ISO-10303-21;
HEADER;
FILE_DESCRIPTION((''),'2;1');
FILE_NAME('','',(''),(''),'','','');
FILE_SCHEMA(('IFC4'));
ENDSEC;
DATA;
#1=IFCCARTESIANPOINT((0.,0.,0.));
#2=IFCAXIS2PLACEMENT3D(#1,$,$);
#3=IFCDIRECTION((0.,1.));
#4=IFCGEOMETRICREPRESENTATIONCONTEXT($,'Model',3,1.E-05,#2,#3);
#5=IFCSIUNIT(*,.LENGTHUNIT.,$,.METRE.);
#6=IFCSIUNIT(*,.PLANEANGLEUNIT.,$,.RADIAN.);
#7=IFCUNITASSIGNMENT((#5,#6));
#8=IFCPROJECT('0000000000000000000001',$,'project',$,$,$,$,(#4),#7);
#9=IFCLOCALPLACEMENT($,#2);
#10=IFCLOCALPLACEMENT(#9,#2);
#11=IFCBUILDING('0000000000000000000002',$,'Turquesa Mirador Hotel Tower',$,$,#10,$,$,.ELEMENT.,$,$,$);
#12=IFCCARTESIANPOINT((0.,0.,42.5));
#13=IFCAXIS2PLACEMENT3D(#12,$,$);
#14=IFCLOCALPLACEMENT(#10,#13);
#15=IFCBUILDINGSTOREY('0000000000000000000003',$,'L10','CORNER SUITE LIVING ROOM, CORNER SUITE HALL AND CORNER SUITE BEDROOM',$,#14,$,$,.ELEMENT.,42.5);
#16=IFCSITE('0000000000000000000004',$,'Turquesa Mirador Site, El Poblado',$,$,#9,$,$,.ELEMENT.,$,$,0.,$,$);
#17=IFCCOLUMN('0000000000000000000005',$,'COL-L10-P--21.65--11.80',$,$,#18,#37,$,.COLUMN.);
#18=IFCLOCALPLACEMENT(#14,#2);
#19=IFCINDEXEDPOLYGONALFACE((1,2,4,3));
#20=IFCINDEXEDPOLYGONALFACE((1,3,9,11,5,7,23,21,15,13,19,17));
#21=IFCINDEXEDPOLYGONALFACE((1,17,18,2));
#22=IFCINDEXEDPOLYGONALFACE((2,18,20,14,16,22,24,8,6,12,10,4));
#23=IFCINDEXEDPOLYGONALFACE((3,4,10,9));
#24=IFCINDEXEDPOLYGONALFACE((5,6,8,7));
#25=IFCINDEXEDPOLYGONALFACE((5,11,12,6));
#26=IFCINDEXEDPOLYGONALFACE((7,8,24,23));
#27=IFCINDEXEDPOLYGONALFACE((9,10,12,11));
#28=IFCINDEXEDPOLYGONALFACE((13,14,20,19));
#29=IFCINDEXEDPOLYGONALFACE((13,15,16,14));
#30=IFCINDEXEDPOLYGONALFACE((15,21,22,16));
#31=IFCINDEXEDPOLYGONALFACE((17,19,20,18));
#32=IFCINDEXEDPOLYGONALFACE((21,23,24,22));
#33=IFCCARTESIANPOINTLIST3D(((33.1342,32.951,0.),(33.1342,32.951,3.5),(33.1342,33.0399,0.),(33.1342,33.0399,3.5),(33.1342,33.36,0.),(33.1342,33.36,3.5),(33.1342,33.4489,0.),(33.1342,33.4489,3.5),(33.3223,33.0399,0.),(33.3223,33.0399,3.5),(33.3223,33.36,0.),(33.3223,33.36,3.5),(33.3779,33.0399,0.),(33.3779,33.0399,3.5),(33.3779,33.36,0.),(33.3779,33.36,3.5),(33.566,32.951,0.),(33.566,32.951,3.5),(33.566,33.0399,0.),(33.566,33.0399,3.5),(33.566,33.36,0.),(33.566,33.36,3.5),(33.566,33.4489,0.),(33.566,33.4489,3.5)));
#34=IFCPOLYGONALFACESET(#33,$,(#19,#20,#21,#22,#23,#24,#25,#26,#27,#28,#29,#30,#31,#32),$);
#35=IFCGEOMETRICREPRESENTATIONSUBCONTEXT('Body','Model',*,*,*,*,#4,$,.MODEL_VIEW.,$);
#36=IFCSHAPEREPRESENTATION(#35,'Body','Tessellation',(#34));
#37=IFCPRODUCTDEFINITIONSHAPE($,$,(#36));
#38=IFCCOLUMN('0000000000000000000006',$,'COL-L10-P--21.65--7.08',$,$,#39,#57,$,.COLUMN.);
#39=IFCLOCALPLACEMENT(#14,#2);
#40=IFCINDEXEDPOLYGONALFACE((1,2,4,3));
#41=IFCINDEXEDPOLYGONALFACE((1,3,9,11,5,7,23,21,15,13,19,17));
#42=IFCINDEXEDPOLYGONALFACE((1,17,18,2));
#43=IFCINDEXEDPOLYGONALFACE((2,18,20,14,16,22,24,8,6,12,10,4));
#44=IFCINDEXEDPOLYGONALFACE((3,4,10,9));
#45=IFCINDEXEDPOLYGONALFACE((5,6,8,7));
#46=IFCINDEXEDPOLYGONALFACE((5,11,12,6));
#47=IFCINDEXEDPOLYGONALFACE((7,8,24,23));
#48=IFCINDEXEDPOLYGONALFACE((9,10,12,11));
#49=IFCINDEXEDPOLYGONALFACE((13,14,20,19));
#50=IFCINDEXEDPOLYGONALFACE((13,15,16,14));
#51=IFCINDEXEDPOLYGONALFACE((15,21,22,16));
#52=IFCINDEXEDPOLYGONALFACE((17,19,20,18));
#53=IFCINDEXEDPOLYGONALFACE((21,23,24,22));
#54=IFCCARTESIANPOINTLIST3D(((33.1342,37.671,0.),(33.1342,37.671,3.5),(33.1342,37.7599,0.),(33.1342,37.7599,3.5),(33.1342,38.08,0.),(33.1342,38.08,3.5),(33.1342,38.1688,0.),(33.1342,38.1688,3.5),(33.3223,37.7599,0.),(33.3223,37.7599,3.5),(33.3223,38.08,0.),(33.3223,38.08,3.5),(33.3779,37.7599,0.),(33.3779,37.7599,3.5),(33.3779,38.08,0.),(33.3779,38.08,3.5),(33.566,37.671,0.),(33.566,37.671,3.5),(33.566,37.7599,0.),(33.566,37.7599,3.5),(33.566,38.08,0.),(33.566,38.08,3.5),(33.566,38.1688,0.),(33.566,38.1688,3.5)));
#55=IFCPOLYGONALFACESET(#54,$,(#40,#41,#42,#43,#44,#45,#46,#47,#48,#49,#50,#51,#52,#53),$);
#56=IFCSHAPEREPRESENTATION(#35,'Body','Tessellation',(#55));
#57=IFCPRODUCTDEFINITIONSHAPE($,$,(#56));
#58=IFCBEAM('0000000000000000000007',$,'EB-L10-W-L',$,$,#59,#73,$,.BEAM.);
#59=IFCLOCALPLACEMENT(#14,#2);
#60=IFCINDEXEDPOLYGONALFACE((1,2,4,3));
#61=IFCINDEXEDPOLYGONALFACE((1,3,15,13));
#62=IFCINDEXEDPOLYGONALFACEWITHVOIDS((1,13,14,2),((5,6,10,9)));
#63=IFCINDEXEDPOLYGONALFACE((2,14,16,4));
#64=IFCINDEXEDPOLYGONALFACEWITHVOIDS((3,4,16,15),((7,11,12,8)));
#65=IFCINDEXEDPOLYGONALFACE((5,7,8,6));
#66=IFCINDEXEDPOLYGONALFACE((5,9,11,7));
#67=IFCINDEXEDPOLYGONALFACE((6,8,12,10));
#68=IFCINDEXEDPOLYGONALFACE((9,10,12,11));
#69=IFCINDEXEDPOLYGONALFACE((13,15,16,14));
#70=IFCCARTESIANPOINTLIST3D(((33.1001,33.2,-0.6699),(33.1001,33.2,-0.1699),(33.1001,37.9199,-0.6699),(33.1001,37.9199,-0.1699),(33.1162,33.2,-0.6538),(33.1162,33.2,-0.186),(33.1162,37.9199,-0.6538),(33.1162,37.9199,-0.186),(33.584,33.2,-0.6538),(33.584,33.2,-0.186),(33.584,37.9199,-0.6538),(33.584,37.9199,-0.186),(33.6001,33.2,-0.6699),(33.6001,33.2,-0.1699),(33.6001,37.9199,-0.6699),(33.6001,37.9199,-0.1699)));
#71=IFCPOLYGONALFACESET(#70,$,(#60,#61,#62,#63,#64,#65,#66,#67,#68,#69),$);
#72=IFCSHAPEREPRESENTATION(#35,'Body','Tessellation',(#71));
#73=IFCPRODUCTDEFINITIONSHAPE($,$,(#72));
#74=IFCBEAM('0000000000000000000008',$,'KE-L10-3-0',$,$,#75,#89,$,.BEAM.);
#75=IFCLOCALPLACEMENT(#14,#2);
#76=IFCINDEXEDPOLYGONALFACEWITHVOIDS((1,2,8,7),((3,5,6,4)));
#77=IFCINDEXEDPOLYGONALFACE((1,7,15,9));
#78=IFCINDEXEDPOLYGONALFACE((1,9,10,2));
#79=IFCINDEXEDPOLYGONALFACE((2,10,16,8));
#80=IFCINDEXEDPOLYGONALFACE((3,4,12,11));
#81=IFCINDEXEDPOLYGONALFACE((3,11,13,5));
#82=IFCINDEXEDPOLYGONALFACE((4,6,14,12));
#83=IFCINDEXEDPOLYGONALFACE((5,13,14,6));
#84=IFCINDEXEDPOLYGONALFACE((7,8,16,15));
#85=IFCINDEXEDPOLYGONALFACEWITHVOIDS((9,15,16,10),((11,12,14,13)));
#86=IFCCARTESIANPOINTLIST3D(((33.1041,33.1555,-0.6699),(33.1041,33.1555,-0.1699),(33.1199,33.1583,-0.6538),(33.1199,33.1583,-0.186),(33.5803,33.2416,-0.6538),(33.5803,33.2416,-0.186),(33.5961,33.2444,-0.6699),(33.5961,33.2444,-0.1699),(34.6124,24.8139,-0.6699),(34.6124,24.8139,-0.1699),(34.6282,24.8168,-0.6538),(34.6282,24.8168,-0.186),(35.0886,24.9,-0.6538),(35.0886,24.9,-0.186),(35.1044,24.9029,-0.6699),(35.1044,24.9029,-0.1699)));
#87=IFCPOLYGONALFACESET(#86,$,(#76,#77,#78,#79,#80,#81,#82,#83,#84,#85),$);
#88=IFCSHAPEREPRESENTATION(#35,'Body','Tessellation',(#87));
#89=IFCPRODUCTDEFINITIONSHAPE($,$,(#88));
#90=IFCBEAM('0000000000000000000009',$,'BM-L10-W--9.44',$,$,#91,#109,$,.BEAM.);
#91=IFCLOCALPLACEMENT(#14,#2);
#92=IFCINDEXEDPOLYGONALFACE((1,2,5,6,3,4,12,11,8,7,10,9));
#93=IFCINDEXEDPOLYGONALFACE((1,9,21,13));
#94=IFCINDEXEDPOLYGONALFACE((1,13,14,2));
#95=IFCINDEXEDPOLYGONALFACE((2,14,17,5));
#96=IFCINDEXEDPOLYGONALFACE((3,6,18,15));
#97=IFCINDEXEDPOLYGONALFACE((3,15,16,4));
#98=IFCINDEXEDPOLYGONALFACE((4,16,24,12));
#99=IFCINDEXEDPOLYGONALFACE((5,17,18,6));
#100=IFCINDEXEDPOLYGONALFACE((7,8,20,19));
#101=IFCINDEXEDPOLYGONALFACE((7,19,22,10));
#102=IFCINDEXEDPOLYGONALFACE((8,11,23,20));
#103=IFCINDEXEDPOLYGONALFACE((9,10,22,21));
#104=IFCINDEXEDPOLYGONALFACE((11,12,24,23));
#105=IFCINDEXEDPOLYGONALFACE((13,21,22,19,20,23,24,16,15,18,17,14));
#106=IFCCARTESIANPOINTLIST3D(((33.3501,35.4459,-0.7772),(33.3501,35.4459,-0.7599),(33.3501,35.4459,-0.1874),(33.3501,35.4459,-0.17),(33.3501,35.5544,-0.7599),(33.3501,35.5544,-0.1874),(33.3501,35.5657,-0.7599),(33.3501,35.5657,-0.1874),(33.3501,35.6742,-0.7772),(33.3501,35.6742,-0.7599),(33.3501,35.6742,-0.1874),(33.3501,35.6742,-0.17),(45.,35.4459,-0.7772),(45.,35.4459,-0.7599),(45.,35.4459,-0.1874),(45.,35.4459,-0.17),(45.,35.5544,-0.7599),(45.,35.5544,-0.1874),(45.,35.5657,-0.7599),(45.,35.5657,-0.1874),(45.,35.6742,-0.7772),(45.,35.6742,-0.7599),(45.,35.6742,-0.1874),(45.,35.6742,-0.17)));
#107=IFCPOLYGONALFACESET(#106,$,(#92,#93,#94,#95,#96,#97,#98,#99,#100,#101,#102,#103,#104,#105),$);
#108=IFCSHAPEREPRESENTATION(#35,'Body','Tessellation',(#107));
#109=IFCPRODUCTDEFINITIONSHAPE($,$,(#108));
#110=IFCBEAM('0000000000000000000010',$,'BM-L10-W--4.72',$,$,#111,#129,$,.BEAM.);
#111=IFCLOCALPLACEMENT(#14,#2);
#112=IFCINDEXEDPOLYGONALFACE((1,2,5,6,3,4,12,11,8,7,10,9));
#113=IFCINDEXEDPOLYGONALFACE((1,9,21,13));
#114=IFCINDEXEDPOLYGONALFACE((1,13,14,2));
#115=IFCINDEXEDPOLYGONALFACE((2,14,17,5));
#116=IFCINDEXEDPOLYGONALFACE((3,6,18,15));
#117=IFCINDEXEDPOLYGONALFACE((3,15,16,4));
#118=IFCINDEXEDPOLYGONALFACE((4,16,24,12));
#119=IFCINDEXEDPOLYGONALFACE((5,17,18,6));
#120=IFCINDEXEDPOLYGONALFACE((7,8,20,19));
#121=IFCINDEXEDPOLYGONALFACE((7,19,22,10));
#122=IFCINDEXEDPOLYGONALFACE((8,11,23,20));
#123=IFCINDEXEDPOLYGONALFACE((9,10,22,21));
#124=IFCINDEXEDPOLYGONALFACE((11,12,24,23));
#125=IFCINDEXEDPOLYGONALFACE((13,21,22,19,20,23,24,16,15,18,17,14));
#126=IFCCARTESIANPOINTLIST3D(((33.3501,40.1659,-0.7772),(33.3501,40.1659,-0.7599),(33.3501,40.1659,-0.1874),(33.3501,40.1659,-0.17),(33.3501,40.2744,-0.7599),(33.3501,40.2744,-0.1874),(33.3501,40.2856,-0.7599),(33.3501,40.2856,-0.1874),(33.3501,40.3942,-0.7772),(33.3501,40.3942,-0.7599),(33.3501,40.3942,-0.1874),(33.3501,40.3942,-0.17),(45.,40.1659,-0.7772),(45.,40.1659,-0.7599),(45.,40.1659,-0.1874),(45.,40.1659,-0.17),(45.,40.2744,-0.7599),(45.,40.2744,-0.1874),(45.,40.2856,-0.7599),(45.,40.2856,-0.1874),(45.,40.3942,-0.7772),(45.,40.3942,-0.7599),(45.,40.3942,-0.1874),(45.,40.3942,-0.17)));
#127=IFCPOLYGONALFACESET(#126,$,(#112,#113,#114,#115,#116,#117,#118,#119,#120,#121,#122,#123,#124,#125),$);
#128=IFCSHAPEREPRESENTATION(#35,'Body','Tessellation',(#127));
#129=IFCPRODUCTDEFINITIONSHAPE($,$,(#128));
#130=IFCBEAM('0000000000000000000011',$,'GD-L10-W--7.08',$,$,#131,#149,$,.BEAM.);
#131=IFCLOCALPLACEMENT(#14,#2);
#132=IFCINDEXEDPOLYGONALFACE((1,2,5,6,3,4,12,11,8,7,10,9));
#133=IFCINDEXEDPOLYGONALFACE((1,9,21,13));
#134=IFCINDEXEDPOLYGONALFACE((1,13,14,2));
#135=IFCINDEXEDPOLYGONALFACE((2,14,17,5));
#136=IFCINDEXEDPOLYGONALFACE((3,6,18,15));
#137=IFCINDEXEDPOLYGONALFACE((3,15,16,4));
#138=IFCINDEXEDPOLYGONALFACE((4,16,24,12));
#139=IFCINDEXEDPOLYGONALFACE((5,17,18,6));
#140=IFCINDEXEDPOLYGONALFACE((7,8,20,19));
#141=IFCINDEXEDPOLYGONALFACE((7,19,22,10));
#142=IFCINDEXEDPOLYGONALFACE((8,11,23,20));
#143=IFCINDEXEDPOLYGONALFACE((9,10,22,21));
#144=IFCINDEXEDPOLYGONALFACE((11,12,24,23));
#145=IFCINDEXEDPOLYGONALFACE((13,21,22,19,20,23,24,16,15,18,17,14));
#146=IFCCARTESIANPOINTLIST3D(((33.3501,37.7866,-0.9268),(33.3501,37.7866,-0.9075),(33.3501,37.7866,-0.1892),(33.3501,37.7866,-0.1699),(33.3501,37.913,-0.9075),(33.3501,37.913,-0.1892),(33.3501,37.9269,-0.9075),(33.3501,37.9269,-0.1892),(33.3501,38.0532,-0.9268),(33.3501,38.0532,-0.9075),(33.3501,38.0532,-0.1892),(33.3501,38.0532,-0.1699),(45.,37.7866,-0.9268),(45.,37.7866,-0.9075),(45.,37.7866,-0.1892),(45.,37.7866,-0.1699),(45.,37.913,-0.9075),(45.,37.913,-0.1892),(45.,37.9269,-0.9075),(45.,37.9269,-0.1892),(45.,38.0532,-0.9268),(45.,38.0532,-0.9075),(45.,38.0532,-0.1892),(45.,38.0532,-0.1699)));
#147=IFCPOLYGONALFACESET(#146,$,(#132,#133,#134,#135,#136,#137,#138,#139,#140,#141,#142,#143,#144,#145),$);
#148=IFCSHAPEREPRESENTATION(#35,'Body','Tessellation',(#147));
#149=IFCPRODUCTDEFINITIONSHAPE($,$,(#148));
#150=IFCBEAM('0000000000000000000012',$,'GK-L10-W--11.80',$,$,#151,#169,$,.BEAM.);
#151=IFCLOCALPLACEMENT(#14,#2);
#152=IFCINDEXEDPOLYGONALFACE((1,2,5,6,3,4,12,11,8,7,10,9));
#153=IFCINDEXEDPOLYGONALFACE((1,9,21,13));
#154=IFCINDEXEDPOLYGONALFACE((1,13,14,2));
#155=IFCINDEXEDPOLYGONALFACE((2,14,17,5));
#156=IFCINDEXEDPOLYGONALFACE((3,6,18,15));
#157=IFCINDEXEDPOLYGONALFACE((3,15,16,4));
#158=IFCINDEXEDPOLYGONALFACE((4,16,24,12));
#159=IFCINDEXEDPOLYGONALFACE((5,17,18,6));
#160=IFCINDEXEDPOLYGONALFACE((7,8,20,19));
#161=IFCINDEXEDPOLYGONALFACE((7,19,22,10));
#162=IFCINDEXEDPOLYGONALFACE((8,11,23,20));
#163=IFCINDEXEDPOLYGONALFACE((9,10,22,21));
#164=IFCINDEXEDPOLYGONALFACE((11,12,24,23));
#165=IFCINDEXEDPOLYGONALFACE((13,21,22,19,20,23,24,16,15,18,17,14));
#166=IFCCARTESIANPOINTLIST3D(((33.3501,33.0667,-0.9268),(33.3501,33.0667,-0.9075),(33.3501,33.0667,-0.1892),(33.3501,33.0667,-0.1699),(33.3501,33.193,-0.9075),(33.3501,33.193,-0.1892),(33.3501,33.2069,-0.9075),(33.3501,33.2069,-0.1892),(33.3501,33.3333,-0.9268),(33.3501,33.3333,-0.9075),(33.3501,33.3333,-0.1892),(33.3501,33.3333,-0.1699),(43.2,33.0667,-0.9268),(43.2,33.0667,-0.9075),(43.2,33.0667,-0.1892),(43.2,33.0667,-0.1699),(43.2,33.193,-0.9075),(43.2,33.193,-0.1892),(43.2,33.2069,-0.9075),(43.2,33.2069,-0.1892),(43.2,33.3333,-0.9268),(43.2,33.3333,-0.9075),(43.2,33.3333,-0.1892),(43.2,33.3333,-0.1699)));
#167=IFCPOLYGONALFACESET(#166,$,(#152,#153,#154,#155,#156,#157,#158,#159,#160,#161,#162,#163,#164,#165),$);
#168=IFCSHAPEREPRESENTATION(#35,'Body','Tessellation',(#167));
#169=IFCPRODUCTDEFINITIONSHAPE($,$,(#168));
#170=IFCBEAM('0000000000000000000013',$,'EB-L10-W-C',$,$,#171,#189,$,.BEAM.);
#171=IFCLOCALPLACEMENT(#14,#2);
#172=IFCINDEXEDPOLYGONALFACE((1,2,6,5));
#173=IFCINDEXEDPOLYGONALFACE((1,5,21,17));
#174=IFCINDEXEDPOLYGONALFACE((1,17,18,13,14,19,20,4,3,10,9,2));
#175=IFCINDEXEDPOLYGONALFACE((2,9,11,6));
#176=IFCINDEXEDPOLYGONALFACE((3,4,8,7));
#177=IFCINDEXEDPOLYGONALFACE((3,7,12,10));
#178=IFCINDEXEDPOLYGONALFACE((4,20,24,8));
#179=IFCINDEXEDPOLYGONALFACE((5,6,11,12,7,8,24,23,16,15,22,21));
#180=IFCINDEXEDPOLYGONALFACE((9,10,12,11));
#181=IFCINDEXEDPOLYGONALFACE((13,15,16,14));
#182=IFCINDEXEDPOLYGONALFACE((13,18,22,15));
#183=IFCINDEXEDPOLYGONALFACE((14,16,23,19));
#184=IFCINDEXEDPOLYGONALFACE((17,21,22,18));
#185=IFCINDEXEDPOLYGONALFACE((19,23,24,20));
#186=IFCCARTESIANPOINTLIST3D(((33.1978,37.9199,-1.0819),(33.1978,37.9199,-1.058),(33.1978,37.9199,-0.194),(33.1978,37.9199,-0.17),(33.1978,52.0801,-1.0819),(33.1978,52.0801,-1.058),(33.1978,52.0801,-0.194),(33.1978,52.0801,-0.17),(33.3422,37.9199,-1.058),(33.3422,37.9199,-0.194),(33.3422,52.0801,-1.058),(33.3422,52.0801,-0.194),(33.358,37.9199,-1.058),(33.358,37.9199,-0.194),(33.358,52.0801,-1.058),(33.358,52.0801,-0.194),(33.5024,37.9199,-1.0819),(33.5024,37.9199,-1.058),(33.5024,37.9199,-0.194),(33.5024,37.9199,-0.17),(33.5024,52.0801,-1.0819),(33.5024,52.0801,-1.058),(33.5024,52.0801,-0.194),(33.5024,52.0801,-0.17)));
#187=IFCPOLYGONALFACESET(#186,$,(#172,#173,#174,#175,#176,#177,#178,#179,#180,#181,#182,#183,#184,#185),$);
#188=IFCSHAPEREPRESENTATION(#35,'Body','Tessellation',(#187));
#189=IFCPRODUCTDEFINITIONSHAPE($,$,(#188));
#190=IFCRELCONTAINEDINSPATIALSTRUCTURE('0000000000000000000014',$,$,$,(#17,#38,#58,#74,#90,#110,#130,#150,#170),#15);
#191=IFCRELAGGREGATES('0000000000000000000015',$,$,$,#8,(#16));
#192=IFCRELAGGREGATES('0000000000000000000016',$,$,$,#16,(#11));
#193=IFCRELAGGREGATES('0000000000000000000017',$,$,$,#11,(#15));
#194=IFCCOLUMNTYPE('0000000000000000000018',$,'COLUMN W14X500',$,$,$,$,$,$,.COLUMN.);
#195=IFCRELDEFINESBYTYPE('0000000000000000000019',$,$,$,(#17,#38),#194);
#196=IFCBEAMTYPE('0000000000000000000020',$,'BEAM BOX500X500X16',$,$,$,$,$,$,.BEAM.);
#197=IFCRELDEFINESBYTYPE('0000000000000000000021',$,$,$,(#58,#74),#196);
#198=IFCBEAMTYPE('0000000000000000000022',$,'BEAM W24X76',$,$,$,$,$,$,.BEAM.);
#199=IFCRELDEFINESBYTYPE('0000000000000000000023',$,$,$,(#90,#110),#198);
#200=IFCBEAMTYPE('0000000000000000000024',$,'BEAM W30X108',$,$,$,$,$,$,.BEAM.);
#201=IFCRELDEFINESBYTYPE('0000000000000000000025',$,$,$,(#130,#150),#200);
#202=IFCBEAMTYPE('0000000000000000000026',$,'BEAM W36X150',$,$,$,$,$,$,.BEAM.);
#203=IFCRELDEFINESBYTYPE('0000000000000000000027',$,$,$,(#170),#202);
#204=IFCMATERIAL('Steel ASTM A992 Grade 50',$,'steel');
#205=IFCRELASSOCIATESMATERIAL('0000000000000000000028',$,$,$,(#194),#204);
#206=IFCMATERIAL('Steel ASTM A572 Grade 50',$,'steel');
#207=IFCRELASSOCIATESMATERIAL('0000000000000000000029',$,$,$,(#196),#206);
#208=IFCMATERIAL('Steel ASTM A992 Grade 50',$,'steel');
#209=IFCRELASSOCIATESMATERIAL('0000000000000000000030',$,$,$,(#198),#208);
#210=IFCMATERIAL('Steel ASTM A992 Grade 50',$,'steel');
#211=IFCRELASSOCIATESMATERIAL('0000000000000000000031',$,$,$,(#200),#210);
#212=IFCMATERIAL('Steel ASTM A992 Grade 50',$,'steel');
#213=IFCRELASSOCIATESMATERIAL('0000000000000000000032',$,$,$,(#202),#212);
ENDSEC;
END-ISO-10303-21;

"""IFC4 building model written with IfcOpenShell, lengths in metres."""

from ifc_helpers import new_model, si_unit, direction, frame, origin, origin_2d, place, context, subcontext, project, spatial, hollow_rectangle, i_section, extrude, material, material_profile, profile_set, type_object, element, save


model = new_model("IFC4")

# Units and contexts
model_context = context("Model", 3, precision=1e-05, world=origin(), true_north=direction((0.0, 1.0)))
body_context = subcontext(model_context, "Body", "Model", "MODEL_VIEW")
ifc_project = project(units=[si_unit("LENGTHUNIT", "METRE"), si_unit("PLANEANGLEUNIT", "RADIAN")], contexts=[model_context])

# Site, building, storey
site_placement = place(None, origin())
site = spatial("IfcSite", under=ifc_project, at=site_placement, Name="Turquesa Mirador Site, El Poblado", CompositionType="ELEMENT", RefElevation=0.0)
building_placement = place(site_placement, origin())
building = spatial("IfcBuilding", under=site, at=building_placement, Name="Turquesa Mirador Hotel Tower", CompositionType="ELEMENT")
storey_placement = place(building_placement, frame((0.0, 0.0, 42.5)))
storey = spatial("IfcBuildingStorey", under=building, at=storey_placement, Name="L10", Description="CORNER SUITE LIVING ROOM, CORNER SUITE HALL AND CORNER SUITE BEDROOM", CompositionType="ELEMENT", Elevation=42.5)

# Columns
ifc_material_1 = material(Name="Steel ASTM A992 Grade 50", Category="steel")
ifc_material_profile_1 = material_profile(ifc_material_1, i_section(OverallWidth=0.4319, OverallDepth=0.4978, WebThickness=0.0557, FlangeThickness=0.0889, at=origin_2d()), Name="W14X500")
ifc_profile_set_1 = profile_set([ifc_material_profile_1], Name="Steel ASTM A992 Grade 50")
column_type = type_object("IfcColumnType", Name="COLUMN W14X500", PredefinedType="COLUMN", material=ifc_profile_set_1)
for number, where, z_axis, x_axis, name in (
    (1, (33.3501, 33.2, 0.0), (0.0, 0.0, 1.0), (1.0, 0.0, 0.0), "COL-L10-P--21.65--11.80"),
    (2, (33.3501, 37.9199, 0.0), (0.0, 0.0, 1.0), (1.0, 0.0, 0.0), "COL-L10-P--21.65--7.08"),
):
    element("IfcColumn", number, at=place(storey_placement, frame(where, z_axis=z_axis, x_axis=x_axis)), inside=storey, type_object=column_type, Name=name, PredefinedType="COLUMN", context=body_context, shape_type="SweptSolid", body=[
        extrude(i_section(OverallWidth=0.4319, OverallDepth=0.4978, WebThickness=0.0557, FlangeThickness=0.0889, at=origin_2d()), origin(), (0.0, 0.0, 1.0), 3.5),
    ])

# Beams
ifc_material_2 = material(Name="Steel ASTM A572 Grade 50", Category="steel")
ifc_material_profile_2 = material_profile(ifc_material_2, hollow_rectangle(XDim=0.5, YDim=0.5, WallThickness=0.0161, at=origin_2d()), Name="BOX500X500X16")
ifc_profile_set_2 = profile_set([ifc_material_profile_2], Name="Steel ASTM A572 Grade 50")
beam_type_1 = type_object("IfcBeamType", Name="BEAM BOX500X500X16", PredefinedType="BEAM", material=ifc_profile_set_2)
beam_1_placement = place(storey_placement, frame((33.3501, 33.2, -0.4199), z_axis=(0.0, 1.0, 0.0), x_axis=(-1.0, 0.0, 0.0)))
element("IfcBeam", 3, at=beam_1_placement, inside=storey, type_object=beam_type_1, Name="EB-L10-W-L", PredefinedType="BEAM", context=body_context, shape_type="SweptSolid", body=[
    extrude(hollow_rectangle(XDim=0.5, YDim=0.5, WallThickness=0.0161, at=origin_2d()), origin(), (0.0, 0.0, 1.0), 4.72),
])
beam_2_placement = place(storey_placement, frame((33.3501, 33.2, -0.4199), z_axis=(0.177932, -0.984043, 0.0), x_axis=(0.984043, 0.177932, 0.0)))
element("IfcBeam", 4, at=beam_2_placement, inside=storey, type_object=beam_type_1, Name="KE-L10-3-0", PredefinedType="BEAM", context=body_context, shape_type="SweptSolid", body=[
    extrude(hollow_rectangle(XDim=0.5, YDim=0.5, WallThickness=0.0161, at=origin_2d()), origin(), (0.0, 0.0, 1.0), 8.4768),
])
ifc_material_3 = material(Name="Steel ASTM A992 Grade 50", Category="steel")
ifc_material_profile_3 = material_profile(ifc_material_3, i_section(OverallWidth=0.2283, OverallDepth=0.6072, WebThickness=0.0112, FlangeThickness=0.0173, at=origin_2d()), Name="W24X76")
ifc_profile_set_3 = profile_set([ifc_material_profile_3], Name="Steel ASTM A992 Grade 50")
beam_type_2 = type_object("IfcBeamType", Name="BEAM W24X76", PredefinedType="BEAM", material=ifc_profile_set_3)
for number, where, z_axis, x_axis, name in (
    (5, (33.3501, 35.5601, -0.4736), (1.0, 0.0, 0.0), (0.0, 1.0, 0.0), "BM-L10-W--9.44"),
    (6, (33.3501, 40.28, -0.4736), (1.0, 0.0, 0.0), (0.0, 1.0, 0.0), "BM-L10-W--4.72"),
):
    element("IfcBeam", number, at=place(storey_placement, frame(where, z_axis=z_axis, x_axis=x_axis)), inside=storey, type_object=beam_type_2, Name=name, PredefinedType="BEAM", context=body_context, shape_type="SweptSolid", body=[
        extrude(i_section(OverallWidth=0.2283, OverallDepth=0.6072, WebThickness=0.0112, FlangeThickness=0.0173, at=origin_2d()), origin(), (0.0, 0.0, 1.0), 11.6499),
    ])
ifc_material_4 = material(Name="Steel ASTM A992 Grade 50", Category="steel")
ifc_material_profile_4 = material_profile(ifc_material_4, i_section(OverallWidth=0.2666, OverallDepth=0.7568, WebThickness=0.0139, FlangeThickness=0.0193, at=origin_2d()), Name="W30X108")
ifc_profile_set_4 = profile_set([ifc_material_profile_4], Name="Steel ASTM A992 Grade 50")
beam_type_3 = type_object("IfcBeamType", Name="BEAM W30X108", PredefinedType="BEAM", material=ifc_profile_set_4)
beam_3_placement = place(storey_placement, frame((33.3501, 37.9199, -0.5483), z_axis=(1.0, 0.0, 0.0), x_axis=(0.0, 1.0, 0.0)))
element("IfcBeam", 7, at=beam_3_placement, inside=storey, type_object=beam_type_3, Name="GD-L10-W--7.08", PredefinedType="BEAM", context=body_context, shape_type="SweptSolid", body=[
    extrude(i_section(OverallWidth=0.2666, OverallDepth=0.7568, WebThickness=0.0139, FlangeThickness=0.0193, at=origin_2d()), origin(), (0.0, 0.0, 1.0), 11.6499),
])
beam_4_placement = place(storey_placement, frame((33.3501, 33.2, -0.5483), z_axis=(1.0, 0.0, 0.0), x_axis=(0.0, 1.0, 0.0)))
element("IfcBeam", 8, at=beam_4_placement, inside=storey, type_object=beam_type_3, Name="GK-L10-W--11.80", PredefinedType="BEAM", context=body_context, shape_type="SweptSolid", body=[
    extrude(i_section(OverallWidth=0.2666, OverallDepth=0.7568, WebThickness=0.0139, FlangeThickness=0.0193, at=origin_2d()), origin(), (0.0, 0.0, 1.0), 9.8499),
])
ifc_material_5 = material(Name="Steel ASTM A992 Grade 50", Category="steel")
ifc_material_profile_5 = material_profile(ifc_material_5, i_section(OverallWidth=0.3047, OverallDepth=0.9119, WebThickness=0.0159, FlangeThickness=0.0239, at=origin_2d()), Name="W36X150")
ifc_profile_set_5 = profile_set([ifc_material_profile_5], Name="Steel ASTM A992 Grade 50")
beam_type_4 = type_object("IfcBeamType", Name="BEAM W36X150", PredefinedType="BEAM", material=ifc_profile_set_5)
beam_5_placement = place(storey_placement, frame((33.3501, 37.9199, -0.626), z_axis=(0.0, 1.0, 0.0), x_axis=(-1.0, 0.0, 0.0)))
element("IfcBeam", 9, at=beam_5_placement, inside=storey, type_object=beam_type_4, Name="EB-L10-W-C", PredefinedType="BEAM", context=body_context, shape_type="SweptSolid", body=[
    extrude(i_section(OverallWidth=0.3047, OverallDepth=0.9119, WebThickness=0.0159, FlangeThickness=0.0239, at=origin_2d()), origin(), (0.0, 0.0, 1.0), 14.1602),
])

save(model, "model.ifc")
